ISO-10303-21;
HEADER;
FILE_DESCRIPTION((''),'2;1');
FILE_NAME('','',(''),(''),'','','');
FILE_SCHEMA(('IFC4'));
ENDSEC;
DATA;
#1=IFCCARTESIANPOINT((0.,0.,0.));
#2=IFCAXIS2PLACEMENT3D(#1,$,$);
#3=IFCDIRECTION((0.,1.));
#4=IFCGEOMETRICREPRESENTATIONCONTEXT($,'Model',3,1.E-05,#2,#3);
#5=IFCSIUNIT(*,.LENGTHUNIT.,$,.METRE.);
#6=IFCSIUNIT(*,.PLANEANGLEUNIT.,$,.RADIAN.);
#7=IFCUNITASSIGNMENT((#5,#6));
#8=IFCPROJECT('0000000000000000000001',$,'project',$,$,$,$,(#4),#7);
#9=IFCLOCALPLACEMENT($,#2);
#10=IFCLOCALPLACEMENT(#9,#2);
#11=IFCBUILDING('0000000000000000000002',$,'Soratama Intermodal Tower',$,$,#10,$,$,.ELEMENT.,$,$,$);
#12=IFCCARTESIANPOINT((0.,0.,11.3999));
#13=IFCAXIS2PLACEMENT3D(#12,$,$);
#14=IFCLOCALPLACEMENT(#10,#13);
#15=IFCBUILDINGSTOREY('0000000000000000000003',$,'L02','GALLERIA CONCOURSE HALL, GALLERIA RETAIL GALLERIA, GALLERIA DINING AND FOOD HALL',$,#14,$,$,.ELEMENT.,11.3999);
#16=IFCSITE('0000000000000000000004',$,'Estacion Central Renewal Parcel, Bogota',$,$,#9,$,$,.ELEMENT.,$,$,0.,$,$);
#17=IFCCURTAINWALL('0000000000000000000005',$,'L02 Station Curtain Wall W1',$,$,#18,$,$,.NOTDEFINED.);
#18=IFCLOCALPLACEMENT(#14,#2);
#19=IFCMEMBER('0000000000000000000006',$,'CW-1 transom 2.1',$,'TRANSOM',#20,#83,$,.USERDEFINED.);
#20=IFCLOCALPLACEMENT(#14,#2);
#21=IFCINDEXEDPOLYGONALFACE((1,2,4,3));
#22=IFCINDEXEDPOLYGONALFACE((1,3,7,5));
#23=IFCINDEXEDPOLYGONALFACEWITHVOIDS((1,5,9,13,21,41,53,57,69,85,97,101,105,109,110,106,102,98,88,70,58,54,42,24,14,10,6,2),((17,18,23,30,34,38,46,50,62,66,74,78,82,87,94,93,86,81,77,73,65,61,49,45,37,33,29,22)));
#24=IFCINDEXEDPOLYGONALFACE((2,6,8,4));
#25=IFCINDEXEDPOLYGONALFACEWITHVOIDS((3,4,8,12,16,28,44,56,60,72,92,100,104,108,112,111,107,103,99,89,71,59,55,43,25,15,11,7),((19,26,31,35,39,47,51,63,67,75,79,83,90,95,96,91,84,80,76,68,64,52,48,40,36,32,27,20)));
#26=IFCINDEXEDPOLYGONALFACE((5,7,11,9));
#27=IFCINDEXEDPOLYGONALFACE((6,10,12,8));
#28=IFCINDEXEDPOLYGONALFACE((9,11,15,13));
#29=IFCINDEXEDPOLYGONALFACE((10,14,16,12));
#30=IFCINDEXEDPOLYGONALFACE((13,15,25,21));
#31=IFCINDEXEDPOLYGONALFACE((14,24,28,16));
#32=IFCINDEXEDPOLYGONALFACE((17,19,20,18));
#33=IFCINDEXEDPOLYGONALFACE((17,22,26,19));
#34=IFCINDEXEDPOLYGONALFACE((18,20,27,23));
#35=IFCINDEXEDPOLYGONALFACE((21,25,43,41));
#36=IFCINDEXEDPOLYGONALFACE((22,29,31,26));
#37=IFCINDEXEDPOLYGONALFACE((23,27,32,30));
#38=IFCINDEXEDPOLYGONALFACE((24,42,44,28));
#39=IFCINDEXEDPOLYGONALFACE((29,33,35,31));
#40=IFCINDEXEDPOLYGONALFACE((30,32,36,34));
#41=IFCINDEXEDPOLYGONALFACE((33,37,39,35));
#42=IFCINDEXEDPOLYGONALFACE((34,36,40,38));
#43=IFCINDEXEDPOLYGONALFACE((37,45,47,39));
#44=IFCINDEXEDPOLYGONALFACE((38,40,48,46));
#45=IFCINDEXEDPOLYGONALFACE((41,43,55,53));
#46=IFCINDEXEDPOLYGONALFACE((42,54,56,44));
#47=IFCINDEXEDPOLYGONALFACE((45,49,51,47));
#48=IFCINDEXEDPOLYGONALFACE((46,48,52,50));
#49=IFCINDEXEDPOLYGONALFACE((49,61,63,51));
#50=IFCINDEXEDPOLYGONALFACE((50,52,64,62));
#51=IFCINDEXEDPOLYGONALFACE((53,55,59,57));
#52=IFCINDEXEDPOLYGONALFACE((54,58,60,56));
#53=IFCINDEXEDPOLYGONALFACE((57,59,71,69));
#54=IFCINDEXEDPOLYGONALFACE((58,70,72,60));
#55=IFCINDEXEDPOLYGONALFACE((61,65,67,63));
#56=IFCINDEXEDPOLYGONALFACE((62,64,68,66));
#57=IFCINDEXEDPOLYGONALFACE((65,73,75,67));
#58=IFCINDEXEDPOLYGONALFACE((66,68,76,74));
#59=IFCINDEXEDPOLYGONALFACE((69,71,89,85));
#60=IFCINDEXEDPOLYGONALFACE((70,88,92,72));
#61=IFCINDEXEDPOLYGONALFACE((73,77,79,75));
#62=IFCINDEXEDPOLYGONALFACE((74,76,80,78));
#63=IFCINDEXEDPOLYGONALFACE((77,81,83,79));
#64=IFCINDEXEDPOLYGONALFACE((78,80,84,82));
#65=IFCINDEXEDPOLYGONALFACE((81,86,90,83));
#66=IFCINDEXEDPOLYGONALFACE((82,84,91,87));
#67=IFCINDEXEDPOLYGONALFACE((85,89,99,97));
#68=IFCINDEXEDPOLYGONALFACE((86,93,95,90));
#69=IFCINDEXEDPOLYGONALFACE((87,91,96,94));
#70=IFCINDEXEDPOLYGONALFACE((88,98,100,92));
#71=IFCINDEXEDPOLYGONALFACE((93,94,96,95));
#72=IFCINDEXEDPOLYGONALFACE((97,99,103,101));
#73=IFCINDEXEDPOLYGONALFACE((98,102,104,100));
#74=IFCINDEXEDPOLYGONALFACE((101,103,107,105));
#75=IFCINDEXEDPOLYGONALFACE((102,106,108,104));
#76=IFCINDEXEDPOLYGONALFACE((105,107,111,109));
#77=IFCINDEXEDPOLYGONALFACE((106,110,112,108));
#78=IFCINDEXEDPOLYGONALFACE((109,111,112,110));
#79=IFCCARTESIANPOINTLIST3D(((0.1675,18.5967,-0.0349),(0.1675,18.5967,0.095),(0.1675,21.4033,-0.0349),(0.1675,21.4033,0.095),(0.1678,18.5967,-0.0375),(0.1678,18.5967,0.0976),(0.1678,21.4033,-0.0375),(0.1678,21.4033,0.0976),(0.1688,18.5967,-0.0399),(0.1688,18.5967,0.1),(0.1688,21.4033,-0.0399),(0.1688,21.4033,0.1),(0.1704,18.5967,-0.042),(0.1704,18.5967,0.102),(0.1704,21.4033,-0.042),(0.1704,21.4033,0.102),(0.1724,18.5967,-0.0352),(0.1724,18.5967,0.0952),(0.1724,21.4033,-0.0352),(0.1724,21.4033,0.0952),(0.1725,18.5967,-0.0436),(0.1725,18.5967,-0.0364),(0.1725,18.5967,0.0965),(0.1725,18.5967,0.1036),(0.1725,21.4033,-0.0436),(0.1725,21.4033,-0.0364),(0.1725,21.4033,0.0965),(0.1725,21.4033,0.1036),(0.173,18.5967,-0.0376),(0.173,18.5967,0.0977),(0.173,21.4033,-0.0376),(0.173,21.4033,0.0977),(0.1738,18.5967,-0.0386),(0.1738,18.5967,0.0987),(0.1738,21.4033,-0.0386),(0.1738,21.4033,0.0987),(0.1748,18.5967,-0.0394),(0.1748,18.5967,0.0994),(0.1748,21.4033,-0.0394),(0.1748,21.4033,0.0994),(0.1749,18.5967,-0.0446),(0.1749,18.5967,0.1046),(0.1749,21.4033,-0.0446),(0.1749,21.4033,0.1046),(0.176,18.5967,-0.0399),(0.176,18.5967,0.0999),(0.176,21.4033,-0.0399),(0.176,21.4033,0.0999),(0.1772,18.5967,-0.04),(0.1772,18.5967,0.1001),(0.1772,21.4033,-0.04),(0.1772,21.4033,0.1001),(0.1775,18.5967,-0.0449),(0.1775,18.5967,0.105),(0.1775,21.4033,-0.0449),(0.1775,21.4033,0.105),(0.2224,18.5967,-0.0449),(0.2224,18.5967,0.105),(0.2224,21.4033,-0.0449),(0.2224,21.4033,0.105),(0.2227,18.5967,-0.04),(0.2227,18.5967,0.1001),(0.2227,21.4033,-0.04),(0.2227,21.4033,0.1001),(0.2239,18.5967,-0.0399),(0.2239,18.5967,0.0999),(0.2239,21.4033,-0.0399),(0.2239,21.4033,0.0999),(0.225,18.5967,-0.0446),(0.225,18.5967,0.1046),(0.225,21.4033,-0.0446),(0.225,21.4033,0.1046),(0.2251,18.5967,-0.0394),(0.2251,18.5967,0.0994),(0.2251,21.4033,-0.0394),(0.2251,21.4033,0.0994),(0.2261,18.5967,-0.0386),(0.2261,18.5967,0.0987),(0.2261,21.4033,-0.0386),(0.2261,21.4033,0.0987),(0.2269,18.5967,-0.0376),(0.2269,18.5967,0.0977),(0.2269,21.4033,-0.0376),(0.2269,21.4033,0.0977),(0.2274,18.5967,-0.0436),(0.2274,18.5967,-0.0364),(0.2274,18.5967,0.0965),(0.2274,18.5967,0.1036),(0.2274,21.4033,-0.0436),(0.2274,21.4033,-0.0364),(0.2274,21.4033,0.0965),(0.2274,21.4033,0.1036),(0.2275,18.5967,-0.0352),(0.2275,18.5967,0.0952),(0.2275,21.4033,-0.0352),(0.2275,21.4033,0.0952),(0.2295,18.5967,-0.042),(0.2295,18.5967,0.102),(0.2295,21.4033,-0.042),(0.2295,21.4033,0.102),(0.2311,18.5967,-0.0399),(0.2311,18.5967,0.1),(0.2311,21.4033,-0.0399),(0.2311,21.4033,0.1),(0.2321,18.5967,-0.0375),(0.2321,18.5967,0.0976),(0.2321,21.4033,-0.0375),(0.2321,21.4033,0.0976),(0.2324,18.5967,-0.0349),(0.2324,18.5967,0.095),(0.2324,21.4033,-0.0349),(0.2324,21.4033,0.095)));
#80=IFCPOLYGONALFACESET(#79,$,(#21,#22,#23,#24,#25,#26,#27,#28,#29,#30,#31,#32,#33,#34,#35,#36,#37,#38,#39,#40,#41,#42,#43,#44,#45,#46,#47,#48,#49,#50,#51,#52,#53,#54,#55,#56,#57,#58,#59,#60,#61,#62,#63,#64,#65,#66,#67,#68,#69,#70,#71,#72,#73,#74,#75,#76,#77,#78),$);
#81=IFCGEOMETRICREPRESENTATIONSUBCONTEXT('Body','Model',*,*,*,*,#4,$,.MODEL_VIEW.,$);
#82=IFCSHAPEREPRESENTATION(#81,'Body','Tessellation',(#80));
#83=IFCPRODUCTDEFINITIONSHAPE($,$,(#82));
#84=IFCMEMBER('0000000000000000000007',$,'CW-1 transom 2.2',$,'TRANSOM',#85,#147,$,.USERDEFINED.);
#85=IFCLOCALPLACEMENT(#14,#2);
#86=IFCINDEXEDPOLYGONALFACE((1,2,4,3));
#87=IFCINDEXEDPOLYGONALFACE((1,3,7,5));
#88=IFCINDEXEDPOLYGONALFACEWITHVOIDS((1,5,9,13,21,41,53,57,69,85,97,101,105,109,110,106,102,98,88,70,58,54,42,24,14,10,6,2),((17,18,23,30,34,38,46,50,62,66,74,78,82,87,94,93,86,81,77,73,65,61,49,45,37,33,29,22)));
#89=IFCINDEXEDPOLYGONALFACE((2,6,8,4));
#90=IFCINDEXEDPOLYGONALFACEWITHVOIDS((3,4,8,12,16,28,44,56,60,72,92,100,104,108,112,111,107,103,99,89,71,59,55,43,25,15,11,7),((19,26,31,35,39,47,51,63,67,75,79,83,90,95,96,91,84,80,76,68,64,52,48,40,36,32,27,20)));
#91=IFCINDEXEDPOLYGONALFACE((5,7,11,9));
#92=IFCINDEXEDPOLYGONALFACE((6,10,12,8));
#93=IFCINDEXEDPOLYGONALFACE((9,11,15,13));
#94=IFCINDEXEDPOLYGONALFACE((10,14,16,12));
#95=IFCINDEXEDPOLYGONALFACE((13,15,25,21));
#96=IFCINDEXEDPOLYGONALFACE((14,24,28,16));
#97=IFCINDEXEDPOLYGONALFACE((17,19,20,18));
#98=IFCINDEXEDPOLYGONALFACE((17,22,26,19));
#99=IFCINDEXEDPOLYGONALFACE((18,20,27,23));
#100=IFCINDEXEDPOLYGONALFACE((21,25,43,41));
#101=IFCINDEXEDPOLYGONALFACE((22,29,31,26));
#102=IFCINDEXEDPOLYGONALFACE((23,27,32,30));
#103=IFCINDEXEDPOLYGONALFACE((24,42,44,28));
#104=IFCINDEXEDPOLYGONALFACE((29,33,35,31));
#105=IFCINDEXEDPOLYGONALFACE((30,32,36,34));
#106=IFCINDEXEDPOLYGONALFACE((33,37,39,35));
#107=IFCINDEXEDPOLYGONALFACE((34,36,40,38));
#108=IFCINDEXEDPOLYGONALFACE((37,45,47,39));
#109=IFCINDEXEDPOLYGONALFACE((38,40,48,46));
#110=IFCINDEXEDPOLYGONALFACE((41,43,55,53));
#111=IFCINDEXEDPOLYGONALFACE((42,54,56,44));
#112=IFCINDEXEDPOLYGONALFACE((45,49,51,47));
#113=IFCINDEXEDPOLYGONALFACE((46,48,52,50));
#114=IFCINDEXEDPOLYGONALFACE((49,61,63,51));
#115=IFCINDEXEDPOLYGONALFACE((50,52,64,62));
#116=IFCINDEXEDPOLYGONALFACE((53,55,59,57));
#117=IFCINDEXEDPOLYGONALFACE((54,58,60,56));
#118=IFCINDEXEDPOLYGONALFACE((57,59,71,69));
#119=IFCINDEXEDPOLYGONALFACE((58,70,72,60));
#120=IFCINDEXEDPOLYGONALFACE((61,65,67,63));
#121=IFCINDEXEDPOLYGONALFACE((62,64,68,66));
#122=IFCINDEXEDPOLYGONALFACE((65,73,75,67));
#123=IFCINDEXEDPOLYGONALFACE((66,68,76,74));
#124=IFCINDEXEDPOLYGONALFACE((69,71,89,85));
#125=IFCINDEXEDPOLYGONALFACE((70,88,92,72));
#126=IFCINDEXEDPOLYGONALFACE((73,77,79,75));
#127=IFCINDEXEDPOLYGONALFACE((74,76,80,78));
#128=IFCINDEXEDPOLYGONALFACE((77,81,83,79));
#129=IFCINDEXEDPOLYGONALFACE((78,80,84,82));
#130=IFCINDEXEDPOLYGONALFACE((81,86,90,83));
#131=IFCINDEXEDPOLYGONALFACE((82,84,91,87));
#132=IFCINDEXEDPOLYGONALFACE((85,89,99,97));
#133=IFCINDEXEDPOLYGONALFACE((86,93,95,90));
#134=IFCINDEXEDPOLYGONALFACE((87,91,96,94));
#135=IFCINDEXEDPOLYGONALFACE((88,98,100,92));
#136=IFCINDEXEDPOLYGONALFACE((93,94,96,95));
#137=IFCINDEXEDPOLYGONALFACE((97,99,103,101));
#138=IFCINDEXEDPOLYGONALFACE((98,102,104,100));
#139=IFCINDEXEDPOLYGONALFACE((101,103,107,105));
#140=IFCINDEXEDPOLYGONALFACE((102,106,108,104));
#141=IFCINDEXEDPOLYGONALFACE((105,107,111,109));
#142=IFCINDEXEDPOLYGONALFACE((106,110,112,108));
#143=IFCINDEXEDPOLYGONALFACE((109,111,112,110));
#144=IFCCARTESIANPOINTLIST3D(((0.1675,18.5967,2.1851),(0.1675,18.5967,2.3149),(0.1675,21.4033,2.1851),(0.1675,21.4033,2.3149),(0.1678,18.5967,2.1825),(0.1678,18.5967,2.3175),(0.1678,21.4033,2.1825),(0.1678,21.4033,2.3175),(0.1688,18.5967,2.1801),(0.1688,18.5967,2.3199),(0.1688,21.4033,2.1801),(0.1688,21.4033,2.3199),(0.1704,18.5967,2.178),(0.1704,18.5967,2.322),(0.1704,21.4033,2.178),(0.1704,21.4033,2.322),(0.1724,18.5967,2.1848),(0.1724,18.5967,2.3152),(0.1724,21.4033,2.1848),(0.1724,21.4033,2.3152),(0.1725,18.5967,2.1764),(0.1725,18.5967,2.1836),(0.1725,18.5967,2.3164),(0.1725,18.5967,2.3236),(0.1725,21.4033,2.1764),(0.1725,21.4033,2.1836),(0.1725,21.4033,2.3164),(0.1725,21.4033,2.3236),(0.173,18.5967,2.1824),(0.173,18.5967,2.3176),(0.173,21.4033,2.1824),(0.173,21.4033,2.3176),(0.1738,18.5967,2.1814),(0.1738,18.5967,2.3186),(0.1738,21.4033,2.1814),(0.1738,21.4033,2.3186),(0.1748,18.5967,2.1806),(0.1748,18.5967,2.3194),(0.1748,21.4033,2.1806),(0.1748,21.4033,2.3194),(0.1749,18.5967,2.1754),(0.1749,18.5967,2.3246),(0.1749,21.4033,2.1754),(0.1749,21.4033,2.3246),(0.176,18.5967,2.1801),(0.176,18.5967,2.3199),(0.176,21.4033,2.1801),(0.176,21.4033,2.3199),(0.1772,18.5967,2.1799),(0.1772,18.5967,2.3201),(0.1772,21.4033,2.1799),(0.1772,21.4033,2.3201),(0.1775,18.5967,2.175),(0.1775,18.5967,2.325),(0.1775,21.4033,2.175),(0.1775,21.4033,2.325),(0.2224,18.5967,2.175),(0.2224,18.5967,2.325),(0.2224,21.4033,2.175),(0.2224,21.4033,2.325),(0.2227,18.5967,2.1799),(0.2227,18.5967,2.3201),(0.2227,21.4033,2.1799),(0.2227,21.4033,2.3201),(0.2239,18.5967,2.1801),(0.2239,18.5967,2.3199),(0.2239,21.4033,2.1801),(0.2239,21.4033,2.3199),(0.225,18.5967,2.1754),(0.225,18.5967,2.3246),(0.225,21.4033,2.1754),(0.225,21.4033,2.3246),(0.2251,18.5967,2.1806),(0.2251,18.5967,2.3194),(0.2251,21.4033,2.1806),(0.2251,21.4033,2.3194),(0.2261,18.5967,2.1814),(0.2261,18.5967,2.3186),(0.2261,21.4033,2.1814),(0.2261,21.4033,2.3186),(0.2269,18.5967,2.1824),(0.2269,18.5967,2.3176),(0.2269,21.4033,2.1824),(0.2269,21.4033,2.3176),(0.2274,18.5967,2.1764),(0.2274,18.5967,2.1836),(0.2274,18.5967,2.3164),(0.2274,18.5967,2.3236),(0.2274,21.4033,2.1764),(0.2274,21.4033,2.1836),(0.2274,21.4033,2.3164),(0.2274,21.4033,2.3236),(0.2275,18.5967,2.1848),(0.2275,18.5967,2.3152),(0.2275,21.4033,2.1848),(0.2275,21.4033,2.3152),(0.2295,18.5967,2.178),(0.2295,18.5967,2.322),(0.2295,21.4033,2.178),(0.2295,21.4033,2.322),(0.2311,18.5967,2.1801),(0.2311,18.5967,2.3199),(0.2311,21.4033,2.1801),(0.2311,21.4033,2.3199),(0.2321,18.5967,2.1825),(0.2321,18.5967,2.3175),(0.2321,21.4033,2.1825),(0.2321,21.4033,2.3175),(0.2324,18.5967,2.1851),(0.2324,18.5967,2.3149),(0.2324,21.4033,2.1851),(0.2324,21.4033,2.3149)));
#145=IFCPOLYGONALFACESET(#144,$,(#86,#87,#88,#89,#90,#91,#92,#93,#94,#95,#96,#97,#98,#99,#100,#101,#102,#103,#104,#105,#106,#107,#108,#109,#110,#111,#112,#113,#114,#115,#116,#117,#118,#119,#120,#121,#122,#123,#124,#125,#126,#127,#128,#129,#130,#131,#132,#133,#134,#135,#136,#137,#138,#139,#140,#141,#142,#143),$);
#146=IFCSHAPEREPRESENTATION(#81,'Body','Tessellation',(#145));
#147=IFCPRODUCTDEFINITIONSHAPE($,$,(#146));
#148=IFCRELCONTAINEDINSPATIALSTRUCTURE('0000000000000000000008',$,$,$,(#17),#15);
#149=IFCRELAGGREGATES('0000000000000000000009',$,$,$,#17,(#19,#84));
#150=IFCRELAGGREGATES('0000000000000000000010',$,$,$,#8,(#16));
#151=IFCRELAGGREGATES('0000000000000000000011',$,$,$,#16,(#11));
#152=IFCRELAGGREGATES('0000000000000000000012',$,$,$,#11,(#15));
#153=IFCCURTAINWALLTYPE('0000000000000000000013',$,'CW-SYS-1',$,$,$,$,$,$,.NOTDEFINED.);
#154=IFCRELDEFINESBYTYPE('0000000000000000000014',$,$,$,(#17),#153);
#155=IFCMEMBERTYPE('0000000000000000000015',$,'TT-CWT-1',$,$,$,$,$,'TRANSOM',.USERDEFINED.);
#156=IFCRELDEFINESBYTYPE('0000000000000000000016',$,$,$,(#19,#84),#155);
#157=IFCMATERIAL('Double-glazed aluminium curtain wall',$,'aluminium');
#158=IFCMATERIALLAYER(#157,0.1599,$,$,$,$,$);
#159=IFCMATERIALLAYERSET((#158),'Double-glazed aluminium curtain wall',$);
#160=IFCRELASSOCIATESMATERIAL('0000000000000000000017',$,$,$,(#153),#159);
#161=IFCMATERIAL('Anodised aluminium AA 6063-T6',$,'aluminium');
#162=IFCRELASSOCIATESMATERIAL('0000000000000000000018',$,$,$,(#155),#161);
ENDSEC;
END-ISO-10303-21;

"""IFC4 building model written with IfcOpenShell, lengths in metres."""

from ifc_helpers import new_model, si_unit, direction, frame, origin, origin_2d, place, context, subcontext, project, spatial, hollow_rectangle, extrude, material, layer, layer_set, material_profile, profile_set, type_object, element, aggregate, save


model = new_model("IFC4")

# Units and contexts
model_context = context("Model", 3, precision=1e-05, world=origin(), true_north=direction((0.0, 1.0)))
body_context = subcontext(model_context, "Body", "Model", "MODEL_VIEW")
ifc_project = project(units=[si_unit("LENGTHUNIT", "METRE"), si_unit("PLANEANGLEUNIT", "RADIAN")], contexts=[model_context])

# Site, building, storey
site_placement = place(None, origin())
site = spatial("IfcSite", under=ifc_project, at=site_placement, Name="Estacion Central Renewal Parcel, Bogota", CompositionType="ELEMENT", RefElevation=0.0)
building_placement = place(site_placement, origin())
building = spatial("IfcBuilding", under=site, at=building_placement, Name="Soratama Intermodal Tower", CompositionType="ELEMENT")
storey_placement = place(building_placement, frame((0.0, 0.0, 11.3999)))
storey = spatial("IfcBuildingStorey", under=building, at=storey_placement, Name="L02", Description="GALLERIA CONCOURSE HALL, GALLERIA RETAIL GALLERIA, GALLERIA DINING AND FOOD HALL", CompositionType="ELEMENT", Elevation=11.3999)

# Curtain wall, members
ifc_material_1 = material(Name="Double-glazed aluminium curtain wall", Category="aluminium")
ifc_layer_1 = layer(ifc_material_1, 0.1599)
ifc_layer_set_1 = layer_set([ifc_layer_1], Name="Double-glazed aluminium curtain wall")
curtain_wall_type = type_object("IfcCurtainWallType", Name="CW-SYS-1", PredefinedType="NOTDEFINED", material=ifc_layer_set_1)
curtain_wall_placement = place(storey_placement, origin())
curtain_wall = element("IfcCurtainWall", 1, at=curtain_wall_placement, inside=storey, type_object=curtain_wall_type, Name="L02 Station Curtain Wall W1", PredefinedType="NOTDEFINED")
ifc_material_2 = material(Name="Anodised aluminium AA 6063-T6", Category="aluminium")
ifc_material_profile_1 = material_profile(ifc_material_2, hollow_rectangle(XDim=0.0649, YDim=0.1499, WallThickness=0.0049, InnerFilletRadius=0.0049, OuterFilletRadius=0.01, at=origin_2d()), Name="CWT150X65X5")
ifc_profile_set_1 = profile_set([ifc_material_profile_1], Name="Anodised aluminium AA 6063-T6")
member_type_1 = type_object("IfcMemberType", Name="TT-CWT-1", ElementType="TRANSOM", PredefinedType="USERDEFINED", material=ifc_profile_set_1)
member_1_placement = place(storey_placement, frame((0.2, 18.5967, 0.03), z_axis=(0.0, 1.0, 0.0), x_axis=(-1.0, 0.0, 0.0)))
member_1 = element("IfcMember", 2, at=member_1_placement, type_object=member_type_1, Name="CW-1 transom 2.1", ObjectType="TRANSOM", PredefinedType="USERDEFINED", context=body_context, shape_type="SweptSolid", body=[
    extrude(hollow_rectangle(XDim=0.0649, YDim=0.1499, WallThickness=0.0049, InnerFilletRadius=0.0049, OuterFilletRadius=0.01, at=origin_2d()), origin(), (0.0, 0.0, 1.0), 2.8066),
])
member_2_placement = place(storey_placement, frame((0.2, 18.5967, 2.25), z_axis=(0.0, 1.0, 0.0), x_axis=(-1.0, 0.0, 0.0)))
member_2 = element("IfcMember", 3, at=member_2_placement, type_object=member_type_1, Name="CW-1 transom 2.2", ObjectType="TRANSOM", PredefinedType="USERDEFINED", context=body_context, shape_type="SweptSolid", body=[
    extrude(hollow_rectangle(XDim=0.0649, YDim=0.1499, WallThickness=0.0049, InnerFilletRadius=0.0049, OuterFilletRadius=0.01, at=origin_2d()), origin(), (0.0, 0.0, 1.0), 2.8066),
])
aggregate(curtain_wall, [member_1, member_2])

save(model, "model.ifc")
